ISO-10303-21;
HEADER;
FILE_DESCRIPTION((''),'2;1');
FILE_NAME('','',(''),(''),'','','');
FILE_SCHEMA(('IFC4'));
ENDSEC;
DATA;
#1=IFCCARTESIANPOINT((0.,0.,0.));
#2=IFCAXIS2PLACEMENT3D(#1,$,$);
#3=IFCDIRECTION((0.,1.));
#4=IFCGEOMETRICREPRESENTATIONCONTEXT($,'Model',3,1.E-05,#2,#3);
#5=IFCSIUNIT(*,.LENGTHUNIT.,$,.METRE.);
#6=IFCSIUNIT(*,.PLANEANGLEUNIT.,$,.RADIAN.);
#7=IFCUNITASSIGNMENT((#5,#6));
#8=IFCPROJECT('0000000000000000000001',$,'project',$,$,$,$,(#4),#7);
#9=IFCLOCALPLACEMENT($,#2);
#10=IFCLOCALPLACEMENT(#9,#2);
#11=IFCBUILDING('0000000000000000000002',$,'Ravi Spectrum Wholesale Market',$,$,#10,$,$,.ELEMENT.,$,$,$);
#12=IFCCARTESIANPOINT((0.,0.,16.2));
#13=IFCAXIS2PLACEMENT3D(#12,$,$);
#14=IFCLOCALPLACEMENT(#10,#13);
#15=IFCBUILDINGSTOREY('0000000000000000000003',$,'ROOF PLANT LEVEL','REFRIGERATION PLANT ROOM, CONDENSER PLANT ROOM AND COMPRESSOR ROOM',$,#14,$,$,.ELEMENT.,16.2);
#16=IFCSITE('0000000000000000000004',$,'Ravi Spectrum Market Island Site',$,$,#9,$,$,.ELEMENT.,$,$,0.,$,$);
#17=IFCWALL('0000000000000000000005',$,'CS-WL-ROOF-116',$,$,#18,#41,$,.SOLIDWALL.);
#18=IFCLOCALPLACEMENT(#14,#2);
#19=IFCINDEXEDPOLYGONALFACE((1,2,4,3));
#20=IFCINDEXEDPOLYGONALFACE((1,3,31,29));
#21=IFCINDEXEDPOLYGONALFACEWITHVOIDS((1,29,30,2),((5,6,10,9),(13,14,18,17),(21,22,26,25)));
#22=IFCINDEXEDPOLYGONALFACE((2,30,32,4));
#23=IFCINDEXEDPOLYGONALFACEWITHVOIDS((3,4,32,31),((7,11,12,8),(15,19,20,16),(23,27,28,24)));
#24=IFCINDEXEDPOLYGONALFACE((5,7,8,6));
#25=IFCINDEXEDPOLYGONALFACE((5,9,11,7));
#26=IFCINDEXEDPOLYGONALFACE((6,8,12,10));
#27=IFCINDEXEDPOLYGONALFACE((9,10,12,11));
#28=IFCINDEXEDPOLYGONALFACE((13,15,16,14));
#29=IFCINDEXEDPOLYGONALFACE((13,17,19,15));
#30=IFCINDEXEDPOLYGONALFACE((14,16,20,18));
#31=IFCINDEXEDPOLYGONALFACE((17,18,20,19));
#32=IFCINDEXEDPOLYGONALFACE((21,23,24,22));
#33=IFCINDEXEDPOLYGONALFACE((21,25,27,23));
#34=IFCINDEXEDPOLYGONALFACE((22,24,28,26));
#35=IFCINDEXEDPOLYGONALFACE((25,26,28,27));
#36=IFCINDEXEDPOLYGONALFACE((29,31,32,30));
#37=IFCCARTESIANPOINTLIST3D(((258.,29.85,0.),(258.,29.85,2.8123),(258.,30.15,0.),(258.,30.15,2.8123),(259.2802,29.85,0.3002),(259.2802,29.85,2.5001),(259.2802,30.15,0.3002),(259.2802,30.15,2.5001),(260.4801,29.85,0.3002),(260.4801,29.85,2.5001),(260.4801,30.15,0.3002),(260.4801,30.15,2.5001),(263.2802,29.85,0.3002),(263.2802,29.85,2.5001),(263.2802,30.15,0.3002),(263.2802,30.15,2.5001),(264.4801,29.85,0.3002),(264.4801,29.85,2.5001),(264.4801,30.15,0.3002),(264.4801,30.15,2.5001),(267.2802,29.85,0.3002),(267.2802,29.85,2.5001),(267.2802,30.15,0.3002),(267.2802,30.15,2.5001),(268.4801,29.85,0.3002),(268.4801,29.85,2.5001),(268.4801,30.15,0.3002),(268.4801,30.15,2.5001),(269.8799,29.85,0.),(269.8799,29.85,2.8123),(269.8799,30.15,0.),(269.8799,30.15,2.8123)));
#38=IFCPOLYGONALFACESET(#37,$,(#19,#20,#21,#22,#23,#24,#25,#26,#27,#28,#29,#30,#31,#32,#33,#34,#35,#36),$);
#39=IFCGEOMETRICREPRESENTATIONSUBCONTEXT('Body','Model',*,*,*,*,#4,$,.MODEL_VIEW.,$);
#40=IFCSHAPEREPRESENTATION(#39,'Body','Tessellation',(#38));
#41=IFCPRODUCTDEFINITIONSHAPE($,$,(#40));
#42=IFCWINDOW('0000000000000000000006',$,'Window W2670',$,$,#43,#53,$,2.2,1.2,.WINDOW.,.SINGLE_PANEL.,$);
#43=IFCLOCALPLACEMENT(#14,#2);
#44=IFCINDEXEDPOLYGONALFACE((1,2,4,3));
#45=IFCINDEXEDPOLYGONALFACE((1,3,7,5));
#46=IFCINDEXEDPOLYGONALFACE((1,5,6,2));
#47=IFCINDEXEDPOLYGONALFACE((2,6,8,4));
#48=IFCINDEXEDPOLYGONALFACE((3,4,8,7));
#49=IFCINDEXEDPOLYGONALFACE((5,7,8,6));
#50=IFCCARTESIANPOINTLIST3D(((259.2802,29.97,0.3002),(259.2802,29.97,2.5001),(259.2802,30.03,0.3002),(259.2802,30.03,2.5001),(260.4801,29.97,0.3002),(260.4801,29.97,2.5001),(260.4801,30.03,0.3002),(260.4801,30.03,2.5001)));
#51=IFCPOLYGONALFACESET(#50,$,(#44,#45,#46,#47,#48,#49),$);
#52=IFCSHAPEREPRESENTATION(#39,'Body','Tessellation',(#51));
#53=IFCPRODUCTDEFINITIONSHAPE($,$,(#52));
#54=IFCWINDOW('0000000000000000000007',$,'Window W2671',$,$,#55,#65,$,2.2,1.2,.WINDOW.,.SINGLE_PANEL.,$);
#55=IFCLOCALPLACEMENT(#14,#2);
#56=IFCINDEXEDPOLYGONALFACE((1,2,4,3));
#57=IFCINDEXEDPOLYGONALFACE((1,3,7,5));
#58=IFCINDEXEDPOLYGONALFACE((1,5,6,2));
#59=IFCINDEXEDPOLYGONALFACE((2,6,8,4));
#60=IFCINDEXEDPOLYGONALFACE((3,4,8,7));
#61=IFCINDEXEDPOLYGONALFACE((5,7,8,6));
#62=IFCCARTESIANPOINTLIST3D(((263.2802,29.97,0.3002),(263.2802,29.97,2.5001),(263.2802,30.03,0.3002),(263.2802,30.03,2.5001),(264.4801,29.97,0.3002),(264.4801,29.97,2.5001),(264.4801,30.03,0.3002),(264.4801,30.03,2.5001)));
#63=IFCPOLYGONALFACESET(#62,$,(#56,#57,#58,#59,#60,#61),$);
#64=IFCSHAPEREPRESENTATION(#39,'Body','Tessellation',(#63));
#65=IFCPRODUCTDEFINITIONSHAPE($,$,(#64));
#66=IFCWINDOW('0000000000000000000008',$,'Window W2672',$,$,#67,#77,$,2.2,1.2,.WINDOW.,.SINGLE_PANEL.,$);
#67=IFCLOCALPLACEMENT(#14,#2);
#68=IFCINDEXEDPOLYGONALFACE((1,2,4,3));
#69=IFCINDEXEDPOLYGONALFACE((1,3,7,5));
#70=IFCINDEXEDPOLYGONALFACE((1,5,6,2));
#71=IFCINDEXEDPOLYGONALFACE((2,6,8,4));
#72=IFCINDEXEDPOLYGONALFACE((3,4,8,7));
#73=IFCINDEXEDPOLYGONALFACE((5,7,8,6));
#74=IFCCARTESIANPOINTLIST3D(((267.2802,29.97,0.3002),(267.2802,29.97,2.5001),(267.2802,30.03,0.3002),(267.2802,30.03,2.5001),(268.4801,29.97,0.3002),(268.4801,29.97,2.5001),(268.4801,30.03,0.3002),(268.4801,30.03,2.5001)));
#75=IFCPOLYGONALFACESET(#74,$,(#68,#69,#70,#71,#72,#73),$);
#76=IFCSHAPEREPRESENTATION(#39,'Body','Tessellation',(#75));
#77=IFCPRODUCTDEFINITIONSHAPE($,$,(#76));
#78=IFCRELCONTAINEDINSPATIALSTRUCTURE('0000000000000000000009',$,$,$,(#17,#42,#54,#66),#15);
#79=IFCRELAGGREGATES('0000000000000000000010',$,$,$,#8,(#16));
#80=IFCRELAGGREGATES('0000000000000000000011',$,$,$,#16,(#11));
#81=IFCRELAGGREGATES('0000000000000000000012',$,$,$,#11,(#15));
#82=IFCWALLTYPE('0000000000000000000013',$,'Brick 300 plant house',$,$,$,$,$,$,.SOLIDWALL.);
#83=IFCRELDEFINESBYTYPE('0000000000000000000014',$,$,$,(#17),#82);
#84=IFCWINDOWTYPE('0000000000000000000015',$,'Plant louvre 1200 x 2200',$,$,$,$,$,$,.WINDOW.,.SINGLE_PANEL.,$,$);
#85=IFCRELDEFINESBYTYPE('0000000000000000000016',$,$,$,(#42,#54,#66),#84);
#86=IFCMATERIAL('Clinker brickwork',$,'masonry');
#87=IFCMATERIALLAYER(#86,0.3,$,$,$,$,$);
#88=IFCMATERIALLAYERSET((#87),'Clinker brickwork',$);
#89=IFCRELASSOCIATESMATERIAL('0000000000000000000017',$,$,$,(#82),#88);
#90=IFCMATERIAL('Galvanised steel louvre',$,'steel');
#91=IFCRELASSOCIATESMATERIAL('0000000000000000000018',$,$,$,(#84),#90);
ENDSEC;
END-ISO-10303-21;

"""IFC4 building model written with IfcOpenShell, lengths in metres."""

from ifc_helpers import new_model, si_unit, direction, frame, frame_2d, origin, place, context, subcontext, project, spatial, rectangle, extrude, material, layer, layer_set, type_object, element, fill, save


model = new_model("IFC4")

# Units and contexts
model_context = context("Model", 3, precision=1e-05, world=origin(), true_north=direction((0.0, 1.0)))
body_context = subcontext(model_context, "Body", "Model", "MODEL_VIEW")
ifc_project = project(units=[si_unit("LENGTHUNIT", "METRE"), si_unit("PLANEANGLEUNIT", "RADIAN")], contexts=[model_context])

# Site, building, storey
site_placement = place(None, origin())
site = spatial("IfcSite", under=ifc_project, at=site_placement, Name="Ravi Spectrum Market Island Site", CompositionType="ELEMENT", RefElevation=0.0)
building_placement = place(site_placement, origin())
building = spatial("IfcBuilding", under=site, at=building_placement, Name="Ravi Spectrum Wholesale Market", CompositionType="ELEMENT")
storey_placement = place(building_placement, frame((0.0, 0.0, 16.2)))
storey = spatial("IfcBuildingStorey", under=building, at=storey_placement, Name="ROOF PLANT LEVEL", Description="REFRIGERATION PLANT ROOM, CONDENSER PLANT ROOM AND COMPRESSOR ROOM", CompositionType="ELEMENT", Elevation=16.2)

# Wall, openings, windows
ifc_material_1 = material(Name="Clinker brickwork", Category="masonry")
ifc_layer_1 = layer(ifc_material_1, 0.3)
ifc_layer_set_1 = layer_set([ifc_layer_1], Name="Clinker brickwork")
wall_type = type_object("IfcWallType", Name="Brick 300 plant house", PredefinedType="SOLIDWALL", material=ifc_layer_set_1)
wall_placement = place(storey_placement, frame((258.0, 30.0, 0.0), z_axis=(0.0, 0.0, 1.0), x_axis=(1.0, 0.0, 0.0)))
wall = element("IfcWall", 1, at=wall_placement, inside=storey, type_object=wall_type, Name="CS-WL-ROOF-116", PredefinedType="SOLIDWALL", context=body_context, shape_type="SweptSolid", body=[
    extrude(rectangle(XDim=11.8799, YDim=0.3, at=frame_2d((5.9399, 0.0))), origin(), (0.0, 0.0, 1.0), 2.8123),
])
opening_1_placement = place(wall_placement, frame((1.28, 0.0, 0.3)))
opening_1 = element("IfcOpeningElement", 2, at=opening_1_placement, cuts=wall, PredefinedType="OPENING", context=body_context, shape_type="SweptSolid", body=[
    extrude(rectangle(XDim=1.2, YDim=2.2, at=frame_2d((0.6001, 1.1001))), frame((0.0, 0.1599, 0.0), z_axis=(0.0, -1.0, 0.0), x_axis=(1.0, 0.0, 0.0)), (0.0, 0.0, 1.0), 0.3201),
])
opening_2_placement = place(wall_placement, frame((5.28, 0.0, 0.3)))
opening_2 = element("IfcOpeningElement", 3, at=opening_2_placement, cuts=wall, PredefinedType="OPENING", context=body_context, shape_type="SweptSolid", body=[
    extrude(rectangle(XDim=1.2, YDim=2.2, at=frame_2d((0.6001, 1.1001))), frame((0.0, 0.1599, 0.0), z_axis=(0.0, -1.0, 0.0), x_axis=(1.0, 0.0, 0.0)), (0.0, 0.0, 1.0), 0.3201),
])
opening_3_placement = place(wall_placement, frame((9.28, 0.0, 0.3)))
opening_3 = element("IfcOpeningElement", 4, at=opening_3_placement, cuts=wall, PredefinedType="OPENING", context=body_context, shape_type="SweptSolid", body=[
    extrude(rectangle(XDim=1.2, YDim=2.2, at=frame_2d((0.6001, 1.1001))), frame((0.0, 0.1599, 0.0), z_axis=(0.0, -1.0, 0.0), x_axis=(1.0, 0.0, 0.0)), (0.0, 0.0, 1.0), 0.3201),
])
ifc_material_2 = material(Name="Galvanised steel louvre", Category="steel")
window_type = type_object("IfcWindowType", Name="Plant louvre 1200 x 2200", PartitioningType="SINGLE_PANEL", PredefinedType="WINDOW", material=ifc_material_2)
window_1_placement = place(opening_1_placement, origin())
window_1 = element("IfcWindow", 5, at=window_1_placement, inside=storey, type_object=window_type, Name="Window W2670", OverallHeight=2.2, OverallWidth=1.2, PartitioningType="SINGLE_PANEL", PredefinedType="WINDOW", context=body_context, shape_type="SweptSolid", body=[
    extrude(rectangle(XDim=1.2, YDim=2.2, at=frame_2d((0.6001, 1.1001))), frame((0.0, 0.03, 0.0), z_axis=(0.0, -1.0, 0.0), x_axis=(1.0, 0.0, 0.0)), (0.0, 0.0, 1.0), 0.0601),
])
fill(opening_1, window_1)
window_2_placement = place(opening_2_placement, origin())
window_2 = element("IfcWindow", 6, at=window_2_placement, inside=storey, type_object=window_type, Name="Window W2671", OverallHeight=2.2, OverallWidth=1.2, PartitioningType="SINGLE_PANEL", PredefinedType="WINDOW", context=body_context, shape_type="SweptSolid", body=[
    extrude(rectangle(XDim=1.2, YDim=2.2, at=frame_2d((0.6001, 1.1001))), frame((0.0, 0.03, 0.0), z_axis=(0.0, -1.0, 0.0), x_axis=(1.0, 0.0, 0.0)), (0.0, 0.0, 1.0), 0.0601),
])
fill(opening_2, window_2)
window_3_placement = place(opening_3_placement, origin())
window_3 = element("IfcWindow", 7, at=window_3_placement, inside=storey, type_object=window_type, Name="Window W2672", OverallHeight=2.2, OverallWidth=1.2, PartitioningType="SINGLE_PANEL", PredefinedType="WINDOW", context=body_context, shape_type="SweptSolid", body=[
    extrude(rectangle(XDim=1.2, YDim=2.2, at=frame_2d((0.6001, 1.1001))), frame((0.0, 0.03, 0.0), z_axis=(0.0, -1.0, 0.0), x_axis=(1.0, 0.0, 0.0)), (0.0, 0.0, 1.0), 0.0601),
])
fill(opening_3, window_3)

save(model, "model.ifc")
